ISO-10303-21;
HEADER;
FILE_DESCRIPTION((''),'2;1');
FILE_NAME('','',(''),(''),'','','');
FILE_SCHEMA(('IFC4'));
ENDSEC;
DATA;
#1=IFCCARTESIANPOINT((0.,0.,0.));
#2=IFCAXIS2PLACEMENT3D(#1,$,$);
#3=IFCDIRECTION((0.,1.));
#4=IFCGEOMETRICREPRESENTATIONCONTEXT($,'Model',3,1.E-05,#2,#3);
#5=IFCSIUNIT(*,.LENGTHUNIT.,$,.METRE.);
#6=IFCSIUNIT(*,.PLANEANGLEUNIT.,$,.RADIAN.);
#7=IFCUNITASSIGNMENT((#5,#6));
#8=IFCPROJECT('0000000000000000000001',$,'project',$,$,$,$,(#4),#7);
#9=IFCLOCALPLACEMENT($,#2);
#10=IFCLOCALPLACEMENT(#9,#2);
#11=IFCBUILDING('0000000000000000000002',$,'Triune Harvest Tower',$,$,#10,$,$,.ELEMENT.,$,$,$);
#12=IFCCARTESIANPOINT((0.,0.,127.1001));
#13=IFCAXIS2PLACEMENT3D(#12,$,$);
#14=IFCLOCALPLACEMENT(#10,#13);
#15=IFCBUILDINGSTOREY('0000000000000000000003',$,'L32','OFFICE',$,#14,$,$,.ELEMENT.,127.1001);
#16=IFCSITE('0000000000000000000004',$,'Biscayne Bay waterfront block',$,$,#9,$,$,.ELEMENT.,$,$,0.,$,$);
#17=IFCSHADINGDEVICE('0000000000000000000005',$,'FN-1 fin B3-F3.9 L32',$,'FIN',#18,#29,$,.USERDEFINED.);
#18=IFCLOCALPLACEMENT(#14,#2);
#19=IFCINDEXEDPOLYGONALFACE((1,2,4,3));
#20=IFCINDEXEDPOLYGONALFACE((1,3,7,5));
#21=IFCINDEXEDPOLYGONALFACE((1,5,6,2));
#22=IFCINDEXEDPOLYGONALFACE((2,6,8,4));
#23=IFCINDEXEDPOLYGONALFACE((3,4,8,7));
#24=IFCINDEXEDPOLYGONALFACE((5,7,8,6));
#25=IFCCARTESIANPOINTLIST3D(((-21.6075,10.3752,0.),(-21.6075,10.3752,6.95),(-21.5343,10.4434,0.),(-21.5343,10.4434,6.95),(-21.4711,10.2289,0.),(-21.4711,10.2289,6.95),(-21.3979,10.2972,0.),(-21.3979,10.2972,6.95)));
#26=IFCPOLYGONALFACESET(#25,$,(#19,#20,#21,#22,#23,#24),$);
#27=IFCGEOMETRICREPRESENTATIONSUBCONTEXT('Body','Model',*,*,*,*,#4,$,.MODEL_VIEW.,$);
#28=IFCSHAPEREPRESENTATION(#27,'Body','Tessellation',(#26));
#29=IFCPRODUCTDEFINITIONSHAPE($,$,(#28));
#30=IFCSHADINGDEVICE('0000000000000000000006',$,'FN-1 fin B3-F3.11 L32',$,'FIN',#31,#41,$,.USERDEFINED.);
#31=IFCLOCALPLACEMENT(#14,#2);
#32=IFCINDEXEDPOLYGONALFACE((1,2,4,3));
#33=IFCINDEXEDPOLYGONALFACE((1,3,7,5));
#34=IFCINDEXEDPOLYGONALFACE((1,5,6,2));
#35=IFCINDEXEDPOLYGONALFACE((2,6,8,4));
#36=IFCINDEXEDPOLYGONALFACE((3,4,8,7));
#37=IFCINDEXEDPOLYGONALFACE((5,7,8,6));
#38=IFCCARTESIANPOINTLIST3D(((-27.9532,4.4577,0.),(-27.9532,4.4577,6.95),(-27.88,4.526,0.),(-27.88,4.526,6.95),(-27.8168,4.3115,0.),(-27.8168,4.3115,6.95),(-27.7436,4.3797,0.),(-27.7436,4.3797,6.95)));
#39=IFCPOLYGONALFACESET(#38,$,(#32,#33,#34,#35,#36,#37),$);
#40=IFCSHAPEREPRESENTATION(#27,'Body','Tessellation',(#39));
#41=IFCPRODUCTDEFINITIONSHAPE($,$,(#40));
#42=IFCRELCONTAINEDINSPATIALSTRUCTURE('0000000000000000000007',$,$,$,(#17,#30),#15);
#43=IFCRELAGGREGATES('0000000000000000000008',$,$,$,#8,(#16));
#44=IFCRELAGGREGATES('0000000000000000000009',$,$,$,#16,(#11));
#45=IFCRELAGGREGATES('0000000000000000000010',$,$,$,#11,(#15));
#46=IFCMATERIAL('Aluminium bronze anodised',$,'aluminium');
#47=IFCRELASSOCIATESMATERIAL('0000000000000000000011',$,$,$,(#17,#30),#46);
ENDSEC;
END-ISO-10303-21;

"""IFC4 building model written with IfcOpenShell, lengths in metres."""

from ifc_helpers import new_model, si_unit, direction, frame, origin, origin_2d, place, context, subcontext, project, spatial, rectangle, extrude, source, transform, mapped, material, element, save


model = new_model("IFC4")

# Units and contexts
model_context = context("Model", 3, precision=1e-05, world=origin(), true_north=direction((0.0, 1.0)))
body_context = subcontext(model_context, "Body", "Model", "MODEL_VIEW")
ifc_project = project(units=[si_unit("LENGTHUNIT", "METRE"), si_unit("PLANEANGLEUNIT", "RADIAN")], contexts=[model_context])

# Site, building, storey
site_placement = place(None, origin())
site = spatial("IfcSite", under=ifc_project, at=site_placement, Name="Biscayne Bay waterfront block", CompositionType="ELEMENT", RefElevation=0.0)
building_placement = place(site_placement, origin())
building = spatial("IfcBuilding", under=site, at=building_placement, Name="Triune Harvest Tower", CompositionType="ELEMENT")
storey_placement = place(building_placement, frame((0.0, 0.0, 127.1001)))
storey = spatial("IfcBuildingStorey", under=building, at=storey_placement, Name="L32", Description="OFFICE", CompositionType="ELEMENT", Elevation=127.1001)

# Shading devices
ifc_material_1 = material(Name="Aluminium bronze anodised", Category="aluminium")
shared_shape_1 = source(origin(), body_context, "Body", "SweptSolid", [
    extrude(rectangle(XDim=0.1001, YDim=0.2, at=origin_2d()), origin(), (0.0, 0.0, 1.0), 6.95),
])
for number, where, z_axis, x_axis, name in (
    (1, (-21.5027, 10.3362, 0.0), (0.0, 0.0, 1.0), (-0.731353, -0.681999, 0.0), "FN-1 fin B3-F3.9 L32"),
    (2, (-27.8484, 4.4187, 0.0), (0.0, 0.0, 1.0), (-0.731353, -0.681999, 0.0), "FN-1 fin B3-F3.11 L32"),
):
    element("IfcShadingDevice", number, at=place(storey_placement, frame(where, z_axis=z_axis, x_axis=x_axis)), inside=storey, material=ifc_material_1, Name=name, ObjectType="FIN", PredefinedType="USERDEFINED", context=body_context, shape_type="MappedRepresentation", body=[
        mapped(shared_shape_1, transform((0.0, 0.0, 0.0), scale=1.0)),
    ])

save(model, "model.ifc")
